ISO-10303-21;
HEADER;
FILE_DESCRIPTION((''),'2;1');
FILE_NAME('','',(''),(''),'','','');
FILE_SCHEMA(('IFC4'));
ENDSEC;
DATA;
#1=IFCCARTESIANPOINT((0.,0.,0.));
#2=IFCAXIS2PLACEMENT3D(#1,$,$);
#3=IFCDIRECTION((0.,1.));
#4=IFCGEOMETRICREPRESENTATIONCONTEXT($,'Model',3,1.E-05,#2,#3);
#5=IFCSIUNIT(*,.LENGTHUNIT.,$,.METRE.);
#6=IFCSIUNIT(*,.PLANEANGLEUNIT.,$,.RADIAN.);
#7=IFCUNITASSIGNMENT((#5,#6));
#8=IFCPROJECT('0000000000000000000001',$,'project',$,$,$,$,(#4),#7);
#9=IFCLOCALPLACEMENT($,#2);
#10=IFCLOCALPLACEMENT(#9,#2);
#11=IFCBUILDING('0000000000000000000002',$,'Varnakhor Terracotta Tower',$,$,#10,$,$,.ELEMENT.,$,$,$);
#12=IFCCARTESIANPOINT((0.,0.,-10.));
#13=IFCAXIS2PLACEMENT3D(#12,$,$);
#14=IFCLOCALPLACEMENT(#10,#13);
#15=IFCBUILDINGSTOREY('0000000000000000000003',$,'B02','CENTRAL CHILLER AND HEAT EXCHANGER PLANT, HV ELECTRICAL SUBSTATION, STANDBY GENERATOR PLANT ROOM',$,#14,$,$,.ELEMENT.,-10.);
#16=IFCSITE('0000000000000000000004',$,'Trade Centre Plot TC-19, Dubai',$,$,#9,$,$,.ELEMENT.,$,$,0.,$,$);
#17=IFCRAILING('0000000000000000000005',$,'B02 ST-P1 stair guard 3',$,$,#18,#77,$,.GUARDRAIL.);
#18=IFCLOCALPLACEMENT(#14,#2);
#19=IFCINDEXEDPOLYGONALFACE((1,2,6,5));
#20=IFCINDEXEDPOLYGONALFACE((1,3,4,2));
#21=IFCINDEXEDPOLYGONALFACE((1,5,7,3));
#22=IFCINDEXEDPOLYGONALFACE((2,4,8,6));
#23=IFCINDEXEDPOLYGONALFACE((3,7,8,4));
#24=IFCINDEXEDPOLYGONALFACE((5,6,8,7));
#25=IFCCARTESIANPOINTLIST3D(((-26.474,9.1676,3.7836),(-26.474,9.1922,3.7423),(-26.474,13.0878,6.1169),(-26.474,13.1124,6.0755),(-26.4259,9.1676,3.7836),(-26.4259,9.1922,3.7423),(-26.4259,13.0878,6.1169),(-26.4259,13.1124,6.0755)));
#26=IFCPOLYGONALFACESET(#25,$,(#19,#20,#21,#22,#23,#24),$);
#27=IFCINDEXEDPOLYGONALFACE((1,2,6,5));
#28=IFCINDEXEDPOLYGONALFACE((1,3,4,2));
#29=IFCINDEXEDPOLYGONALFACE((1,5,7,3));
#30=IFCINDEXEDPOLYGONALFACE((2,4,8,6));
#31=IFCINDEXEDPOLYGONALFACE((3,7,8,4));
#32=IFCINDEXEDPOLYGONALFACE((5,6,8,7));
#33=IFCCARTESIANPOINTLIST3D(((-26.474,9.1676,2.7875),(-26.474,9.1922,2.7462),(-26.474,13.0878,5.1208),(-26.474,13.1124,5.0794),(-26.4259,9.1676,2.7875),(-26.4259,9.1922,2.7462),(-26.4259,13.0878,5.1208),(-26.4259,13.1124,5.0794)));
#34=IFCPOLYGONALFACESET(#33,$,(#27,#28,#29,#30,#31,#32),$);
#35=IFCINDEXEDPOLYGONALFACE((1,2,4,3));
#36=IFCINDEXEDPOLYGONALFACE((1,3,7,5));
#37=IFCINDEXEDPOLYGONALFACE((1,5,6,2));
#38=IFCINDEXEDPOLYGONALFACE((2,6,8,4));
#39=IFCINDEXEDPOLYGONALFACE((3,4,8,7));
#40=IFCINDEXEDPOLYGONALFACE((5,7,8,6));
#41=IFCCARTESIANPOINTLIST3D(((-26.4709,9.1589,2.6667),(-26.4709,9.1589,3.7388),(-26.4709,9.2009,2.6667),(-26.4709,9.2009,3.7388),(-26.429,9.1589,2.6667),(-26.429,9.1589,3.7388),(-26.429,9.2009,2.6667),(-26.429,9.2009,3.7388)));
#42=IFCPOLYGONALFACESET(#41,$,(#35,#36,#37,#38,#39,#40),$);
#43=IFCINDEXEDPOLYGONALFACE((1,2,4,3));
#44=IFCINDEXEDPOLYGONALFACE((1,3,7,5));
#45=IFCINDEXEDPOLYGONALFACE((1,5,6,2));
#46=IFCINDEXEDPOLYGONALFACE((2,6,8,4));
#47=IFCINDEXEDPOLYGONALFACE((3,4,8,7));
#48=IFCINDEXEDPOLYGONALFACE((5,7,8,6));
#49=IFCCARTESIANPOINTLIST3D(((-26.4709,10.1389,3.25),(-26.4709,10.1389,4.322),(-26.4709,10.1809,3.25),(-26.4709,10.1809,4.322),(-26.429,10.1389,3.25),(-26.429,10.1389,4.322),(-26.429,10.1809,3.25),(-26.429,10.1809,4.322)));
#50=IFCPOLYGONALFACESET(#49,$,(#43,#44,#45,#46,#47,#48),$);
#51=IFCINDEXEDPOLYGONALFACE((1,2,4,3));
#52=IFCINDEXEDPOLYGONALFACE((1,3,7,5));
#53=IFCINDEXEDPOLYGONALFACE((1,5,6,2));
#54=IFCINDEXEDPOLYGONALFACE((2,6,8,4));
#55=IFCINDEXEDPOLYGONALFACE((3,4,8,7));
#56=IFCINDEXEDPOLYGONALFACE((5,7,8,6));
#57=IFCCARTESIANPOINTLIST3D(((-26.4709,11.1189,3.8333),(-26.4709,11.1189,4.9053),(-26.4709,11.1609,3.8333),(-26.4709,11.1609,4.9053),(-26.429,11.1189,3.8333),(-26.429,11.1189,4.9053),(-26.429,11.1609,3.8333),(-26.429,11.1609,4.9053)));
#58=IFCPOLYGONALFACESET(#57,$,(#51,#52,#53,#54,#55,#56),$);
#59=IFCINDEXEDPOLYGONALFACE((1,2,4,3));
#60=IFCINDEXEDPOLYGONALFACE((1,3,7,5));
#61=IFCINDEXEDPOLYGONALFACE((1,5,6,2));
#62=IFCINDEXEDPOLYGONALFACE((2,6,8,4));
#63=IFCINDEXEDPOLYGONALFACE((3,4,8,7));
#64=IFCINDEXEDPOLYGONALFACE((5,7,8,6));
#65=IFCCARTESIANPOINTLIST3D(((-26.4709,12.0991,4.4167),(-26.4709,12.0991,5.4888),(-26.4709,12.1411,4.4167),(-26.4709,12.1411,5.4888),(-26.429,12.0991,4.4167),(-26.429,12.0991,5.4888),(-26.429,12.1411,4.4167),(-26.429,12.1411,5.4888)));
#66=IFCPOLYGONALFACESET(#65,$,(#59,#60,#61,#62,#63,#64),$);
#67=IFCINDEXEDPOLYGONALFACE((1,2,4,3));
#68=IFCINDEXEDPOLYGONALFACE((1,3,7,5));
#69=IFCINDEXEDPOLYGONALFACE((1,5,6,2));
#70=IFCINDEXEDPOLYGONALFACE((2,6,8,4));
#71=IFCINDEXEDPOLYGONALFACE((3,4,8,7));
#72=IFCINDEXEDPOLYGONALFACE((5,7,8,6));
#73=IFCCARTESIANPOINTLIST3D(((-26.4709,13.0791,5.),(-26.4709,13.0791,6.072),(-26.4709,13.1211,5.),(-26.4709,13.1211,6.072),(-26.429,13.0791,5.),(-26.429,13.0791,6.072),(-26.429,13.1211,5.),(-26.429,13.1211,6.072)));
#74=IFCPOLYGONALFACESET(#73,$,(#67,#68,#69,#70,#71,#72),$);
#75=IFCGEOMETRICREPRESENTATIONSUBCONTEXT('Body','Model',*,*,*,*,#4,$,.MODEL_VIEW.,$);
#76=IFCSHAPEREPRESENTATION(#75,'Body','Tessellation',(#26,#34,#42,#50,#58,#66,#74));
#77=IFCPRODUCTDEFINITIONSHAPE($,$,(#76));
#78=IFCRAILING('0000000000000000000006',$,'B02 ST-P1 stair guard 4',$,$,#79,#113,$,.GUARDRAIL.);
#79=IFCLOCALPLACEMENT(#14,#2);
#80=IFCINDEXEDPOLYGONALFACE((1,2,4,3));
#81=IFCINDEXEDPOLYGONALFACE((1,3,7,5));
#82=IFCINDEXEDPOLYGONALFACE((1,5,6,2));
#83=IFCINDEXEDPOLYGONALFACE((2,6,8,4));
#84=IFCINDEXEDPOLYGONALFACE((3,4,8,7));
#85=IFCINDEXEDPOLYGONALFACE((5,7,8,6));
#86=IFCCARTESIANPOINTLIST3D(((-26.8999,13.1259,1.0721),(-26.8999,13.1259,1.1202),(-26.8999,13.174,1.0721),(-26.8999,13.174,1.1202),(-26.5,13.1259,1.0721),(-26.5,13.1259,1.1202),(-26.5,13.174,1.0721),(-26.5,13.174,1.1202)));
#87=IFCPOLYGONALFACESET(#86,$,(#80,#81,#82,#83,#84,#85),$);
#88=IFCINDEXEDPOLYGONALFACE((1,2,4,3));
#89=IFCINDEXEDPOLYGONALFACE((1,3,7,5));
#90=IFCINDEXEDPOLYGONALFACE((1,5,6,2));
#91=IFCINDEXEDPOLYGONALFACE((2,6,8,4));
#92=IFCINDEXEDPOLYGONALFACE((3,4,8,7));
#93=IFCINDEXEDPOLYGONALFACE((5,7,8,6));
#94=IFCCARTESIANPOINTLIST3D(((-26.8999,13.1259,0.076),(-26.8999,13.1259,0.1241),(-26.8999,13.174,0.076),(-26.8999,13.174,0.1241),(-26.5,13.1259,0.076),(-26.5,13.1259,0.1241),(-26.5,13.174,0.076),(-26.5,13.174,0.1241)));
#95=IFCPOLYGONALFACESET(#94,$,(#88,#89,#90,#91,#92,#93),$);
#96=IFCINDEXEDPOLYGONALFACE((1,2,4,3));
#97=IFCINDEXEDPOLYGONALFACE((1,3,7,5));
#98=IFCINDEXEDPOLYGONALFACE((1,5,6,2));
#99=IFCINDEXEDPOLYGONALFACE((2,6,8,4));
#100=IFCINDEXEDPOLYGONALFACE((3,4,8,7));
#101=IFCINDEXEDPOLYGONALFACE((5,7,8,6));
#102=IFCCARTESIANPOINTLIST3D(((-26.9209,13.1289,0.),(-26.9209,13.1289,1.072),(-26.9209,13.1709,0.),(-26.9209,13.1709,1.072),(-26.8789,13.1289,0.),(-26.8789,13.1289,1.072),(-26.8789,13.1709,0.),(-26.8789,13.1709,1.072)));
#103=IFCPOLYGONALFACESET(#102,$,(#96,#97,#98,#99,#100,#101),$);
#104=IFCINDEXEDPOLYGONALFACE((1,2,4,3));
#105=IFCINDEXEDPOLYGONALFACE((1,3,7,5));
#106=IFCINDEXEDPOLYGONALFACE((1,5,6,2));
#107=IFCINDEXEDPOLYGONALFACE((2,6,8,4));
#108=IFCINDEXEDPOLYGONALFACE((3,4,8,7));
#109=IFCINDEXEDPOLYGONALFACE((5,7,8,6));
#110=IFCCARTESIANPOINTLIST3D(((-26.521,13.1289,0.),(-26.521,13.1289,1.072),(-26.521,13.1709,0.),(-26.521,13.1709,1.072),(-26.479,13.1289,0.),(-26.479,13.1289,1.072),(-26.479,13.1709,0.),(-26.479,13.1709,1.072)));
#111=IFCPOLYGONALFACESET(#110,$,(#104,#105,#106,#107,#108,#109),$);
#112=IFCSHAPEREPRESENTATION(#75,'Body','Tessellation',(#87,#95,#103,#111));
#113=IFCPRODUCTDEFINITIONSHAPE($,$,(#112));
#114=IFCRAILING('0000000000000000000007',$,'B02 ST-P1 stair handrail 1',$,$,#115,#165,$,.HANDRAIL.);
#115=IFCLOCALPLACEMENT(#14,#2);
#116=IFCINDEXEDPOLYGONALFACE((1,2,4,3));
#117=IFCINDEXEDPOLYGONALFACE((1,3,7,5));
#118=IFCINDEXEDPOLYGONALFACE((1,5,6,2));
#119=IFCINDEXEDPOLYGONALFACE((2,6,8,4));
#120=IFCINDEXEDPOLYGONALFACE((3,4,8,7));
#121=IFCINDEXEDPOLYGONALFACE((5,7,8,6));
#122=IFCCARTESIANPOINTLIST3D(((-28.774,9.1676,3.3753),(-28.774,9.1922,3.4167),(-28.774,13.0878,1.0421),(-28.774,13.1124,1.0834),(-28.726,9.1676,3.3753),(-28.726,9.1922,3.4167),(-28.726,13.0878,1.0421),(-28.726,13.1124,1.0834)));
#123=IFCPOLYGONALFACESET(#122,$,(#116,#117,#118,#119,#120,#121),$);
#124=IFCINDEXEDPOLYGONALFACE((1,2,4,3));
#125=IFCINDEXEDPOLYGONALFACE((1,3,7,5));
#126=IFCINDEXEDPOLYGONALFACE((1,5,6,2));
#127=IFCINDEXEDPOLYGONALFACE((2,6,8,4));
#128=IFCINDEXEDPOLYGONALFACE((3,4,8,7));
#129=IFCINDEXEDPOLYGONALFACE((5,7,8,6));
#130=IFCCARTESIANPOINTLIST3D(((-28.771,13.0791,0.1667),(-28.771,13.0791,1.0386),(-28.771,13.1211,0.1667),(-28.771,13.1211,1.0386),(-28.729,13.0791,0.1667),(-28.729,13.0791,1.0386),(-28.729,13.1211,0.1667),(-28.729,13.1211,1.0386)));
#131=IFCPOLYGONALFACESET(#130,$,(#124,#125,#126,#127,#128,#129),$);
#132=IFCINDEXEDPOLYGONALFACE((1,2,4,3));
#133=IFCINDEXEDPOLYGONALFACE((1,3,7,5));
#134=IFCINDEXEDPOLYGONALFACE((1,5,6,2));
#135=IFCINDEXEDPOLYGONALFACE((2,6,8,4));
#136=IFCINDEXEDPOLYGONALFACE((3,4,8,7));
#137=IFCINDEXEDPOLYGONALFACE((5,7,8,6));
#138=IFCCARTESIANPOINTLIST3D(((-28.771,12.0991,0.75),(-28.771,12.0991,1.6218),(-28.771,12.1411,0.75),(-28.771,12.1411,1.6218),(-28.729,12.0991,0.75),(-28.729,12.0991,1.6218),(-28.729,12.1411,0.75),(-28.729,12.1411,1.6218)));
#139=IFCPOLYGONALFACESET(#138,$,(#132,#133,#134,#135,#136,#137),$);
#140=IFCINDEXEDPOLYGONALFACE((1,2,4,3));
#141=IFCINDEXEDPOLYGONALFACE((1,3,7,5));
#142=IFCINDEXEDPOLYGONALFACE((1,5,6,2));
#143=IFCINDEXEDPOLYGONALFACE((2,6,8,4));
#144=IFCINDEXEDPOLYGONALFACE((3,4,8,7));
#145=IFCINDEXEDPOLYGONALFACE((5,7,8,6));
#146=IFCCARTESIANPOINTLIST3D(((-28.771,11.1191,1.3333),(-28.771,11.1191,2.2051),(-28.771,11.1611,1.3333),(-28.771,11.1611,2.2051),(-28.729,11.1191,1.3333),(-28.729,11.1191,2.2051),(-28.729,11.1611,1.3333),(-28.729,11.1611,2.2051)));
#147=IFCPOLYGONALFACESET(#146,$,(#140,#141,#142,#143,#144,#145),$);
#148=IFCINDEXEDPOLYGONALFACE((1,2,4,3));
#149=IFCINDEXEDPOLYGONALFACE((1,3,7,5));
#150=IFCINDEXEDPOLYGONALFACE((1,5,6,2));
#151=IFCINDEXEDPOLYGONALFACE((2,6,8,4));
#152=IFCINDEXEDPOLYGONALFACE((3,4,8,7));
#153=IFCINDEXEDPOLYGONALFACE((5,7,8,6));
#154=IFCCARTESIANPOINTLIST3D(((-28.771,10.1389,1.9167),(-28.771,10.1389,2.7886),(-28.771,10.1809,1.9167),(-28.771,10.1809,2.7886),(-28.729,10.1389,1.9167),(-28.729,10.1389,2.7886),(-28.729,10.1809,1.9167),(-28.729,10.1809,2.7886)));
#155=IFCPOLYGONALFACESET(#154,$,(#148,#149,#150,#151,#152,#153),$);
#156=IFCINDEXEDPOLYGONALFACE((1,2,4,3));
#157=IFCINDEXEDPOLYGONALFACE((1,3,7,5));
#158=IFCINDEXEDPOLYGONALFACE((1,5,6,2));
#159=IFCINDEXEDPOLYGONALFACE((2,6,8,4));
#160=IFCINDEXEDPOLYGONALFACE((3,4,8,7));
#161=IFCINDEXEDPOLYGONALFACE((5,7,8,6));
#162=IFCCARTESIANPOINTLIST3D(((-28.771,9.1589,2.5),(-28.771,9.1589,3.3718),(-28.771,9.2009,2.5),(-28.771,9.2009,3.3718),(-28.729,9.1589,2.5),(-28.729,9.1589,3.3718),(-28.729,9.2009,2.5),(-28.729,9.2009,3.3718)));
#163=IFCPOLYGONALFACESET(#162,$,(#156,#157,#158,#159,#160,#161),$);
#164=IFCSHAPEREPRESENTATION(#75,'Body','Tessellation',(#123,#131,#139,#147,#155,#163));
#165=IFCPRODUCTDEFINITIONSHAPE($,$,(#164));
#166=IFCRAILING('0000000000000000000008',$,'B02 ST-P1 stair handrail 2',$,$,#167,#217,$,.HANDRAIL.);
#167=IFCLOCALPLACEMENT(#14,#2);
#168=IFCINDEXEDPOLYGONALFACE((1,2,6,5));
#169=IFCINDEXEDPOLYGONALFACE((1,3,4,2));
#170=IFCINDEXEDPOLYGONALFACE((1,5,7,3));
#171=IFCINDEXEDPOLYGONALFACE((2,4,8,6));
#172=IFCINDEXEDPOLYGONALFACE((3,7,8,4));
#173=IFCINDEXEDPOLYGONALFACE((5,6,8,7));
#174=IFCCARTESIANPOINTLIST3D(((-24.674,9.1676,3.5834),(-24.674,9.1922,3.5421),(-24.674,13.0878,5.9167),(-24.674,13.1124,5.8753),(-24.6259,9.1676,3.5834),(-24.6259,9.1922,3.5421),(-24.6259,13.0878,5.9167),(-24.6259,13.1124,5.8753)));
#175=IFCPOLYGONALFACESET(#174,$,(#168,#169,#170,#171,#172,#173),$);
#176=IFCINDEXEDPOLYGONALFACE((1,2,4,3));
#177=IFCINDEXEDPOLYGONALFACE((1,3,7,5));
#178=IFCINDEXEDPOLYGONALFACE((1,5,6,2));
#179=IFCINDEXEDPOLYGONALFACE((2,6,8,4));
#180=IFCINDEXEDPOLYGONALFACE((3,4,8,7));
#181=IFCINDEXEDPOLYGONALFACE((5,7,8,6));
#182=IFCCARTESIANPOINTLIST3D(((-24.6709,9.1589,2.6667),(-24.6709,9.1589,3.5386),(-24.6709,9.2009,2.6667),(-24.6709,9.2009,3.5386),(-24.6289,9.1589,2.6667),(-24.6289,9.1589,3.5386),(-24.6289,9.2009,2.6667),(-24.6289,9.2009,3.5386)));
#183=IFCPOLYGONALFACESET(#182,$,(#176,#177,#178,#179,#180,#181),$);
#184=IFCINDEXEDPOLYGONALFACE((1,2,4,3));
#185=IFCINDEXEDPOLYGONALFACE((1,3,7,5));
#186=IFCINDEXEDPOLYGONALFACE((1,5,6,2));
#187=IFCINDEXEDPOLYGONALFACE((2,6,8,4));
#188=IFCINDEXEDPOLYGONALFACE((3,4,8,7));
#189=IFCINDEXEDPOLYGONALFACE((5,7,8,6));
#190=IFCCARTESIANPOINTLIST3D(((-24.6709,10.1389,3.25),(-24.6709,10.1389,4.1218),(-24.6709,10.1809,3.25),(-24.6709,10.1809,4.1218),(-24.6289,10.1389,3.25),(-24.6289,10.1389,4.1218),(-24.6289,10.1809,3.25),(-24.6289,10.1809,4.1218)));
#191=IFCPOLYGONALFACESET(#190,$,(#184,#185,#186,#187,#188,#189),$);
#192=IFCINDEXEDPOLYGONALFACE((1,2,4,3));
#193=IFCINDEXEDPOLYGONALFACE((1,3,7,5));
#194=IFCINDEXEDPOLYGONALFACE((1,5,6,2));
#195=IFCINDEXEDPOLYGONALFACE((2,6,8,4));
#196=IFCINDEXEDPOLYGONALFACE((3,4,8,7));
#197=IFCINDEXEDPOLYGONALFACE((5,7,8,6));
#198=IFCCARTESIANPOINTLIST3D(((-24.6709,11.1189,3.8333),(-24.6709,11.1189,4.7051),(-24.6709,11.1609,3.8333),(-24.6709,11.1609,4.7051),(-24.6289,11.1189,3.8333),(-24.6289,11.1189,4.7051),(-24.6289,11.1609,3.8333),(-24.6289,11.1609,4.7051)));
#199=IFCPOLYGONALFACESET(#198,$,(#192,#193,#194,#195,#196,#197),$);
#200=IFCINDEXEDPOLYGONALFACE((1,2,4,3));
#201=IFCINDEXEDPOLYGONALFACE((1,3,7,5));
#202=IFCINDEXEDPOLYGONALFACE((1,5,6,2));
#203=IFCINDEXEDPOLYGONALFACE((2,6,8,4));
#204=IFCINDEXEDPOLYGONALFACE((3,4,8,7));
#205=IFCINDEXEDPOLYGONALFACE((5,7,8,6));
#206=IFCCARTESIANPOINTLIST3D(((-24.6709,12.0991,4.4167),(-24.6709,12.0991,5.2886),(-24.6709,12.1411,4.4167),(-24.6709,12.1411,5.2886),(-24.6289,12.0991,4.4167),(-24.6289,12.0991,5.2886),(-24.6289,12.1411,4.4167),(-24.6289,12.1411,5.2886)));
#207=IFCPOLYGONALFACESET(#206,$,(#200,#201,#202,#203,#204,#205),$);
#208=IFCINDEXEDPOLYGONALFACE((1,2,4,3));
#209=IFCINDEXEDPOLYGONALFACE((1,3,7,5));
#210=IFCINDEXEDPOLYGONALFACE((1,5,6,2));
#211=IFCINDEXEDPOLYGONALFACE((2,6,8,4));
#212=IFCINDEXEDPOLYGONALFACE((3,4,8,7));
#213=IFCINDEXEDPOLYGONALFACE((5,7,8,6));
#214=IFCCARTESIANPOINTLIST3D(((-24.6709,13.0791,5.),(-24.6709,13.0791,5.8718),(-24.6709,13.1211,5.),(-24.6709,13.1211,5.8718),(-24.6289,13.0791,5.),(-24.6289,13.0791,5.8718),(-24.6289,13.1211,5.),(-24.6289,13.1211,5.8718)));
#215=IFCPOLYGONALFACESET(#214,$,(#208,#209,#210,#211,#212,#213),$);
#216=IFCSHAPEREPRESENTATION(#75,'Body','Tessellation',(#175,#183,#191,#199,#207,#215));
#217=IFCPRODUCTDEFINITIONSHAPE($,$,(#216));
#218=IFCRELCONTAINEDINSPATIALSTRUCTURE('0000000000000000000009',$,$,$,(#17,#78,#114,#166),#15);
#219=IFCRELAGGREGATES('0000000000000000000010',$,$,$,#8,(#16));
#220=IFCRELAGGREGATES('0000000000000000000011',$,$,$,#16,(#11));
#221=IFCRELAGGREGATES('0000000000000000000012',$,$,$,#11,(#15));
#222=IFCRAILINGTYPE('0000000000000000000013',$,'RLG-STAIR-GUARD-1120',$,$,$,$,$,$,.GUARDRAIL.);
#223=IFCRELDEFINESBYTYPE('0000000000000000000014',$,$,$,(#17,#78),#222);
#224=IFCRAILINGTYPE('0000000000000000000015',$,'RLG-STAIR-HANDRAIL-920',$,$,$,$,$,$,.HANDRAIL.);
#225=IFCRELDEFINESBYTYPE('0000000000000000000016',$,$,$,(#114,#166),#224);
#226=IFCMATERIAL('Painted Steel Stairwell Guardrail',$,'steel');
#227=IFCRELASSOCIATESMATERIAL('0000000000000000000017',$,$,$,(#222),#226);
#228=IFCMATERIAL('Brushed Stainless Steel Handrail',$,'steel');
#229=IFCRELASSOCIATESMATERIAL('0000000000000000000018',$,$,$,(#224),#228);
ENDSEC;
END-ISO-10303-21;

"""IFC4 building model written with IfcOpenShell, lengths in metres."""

from ifc_helpers import new_model, si_unit, direction, frame, origin, origin_2d, place, context, subcontext, project, spatial, rectangle, extrude, material, type_object, element, save


model = new_model("IFC4")

# Units and contexts
model_context = context("Model", 3, precision=1e-05, world=origin(), true_north=direction((0.0, 1.0)))
body_context = subcontext(model_context, "Body", "Model", "MODEL_VIEW")
ifc_project = project(units=[si_unit("LENGTHUNIT", "METRE"), si_unit("PLANEANGLEUNIT", "RADIAN")], contexts=[model_context])

# Site, building, storey
site_placement = place(None, origin())
site = spatial("IfcSite", under=ifc_project, at=site_placement, Name="Trade Centre Plot TC-19, Dubai", CompositionType="ELEMENT", RefElevation=0.0)
building_placement = place(site_placement, origin())
building = spatial("IfcBuilding", under=site, at=building_placement, Name="Varnakhor Terracotta Tower", CompositionType="ELEMENT")
storey_placement = place(building_placement, frame((0.0, 0.0, -10.0)))
storey = spatial("IfcBuildingStorey", under=building, at=storey_placement, Name="B02", Description="CENTRAL CHILLER AND HEAT EXCHANGER PLANT, HV ELECTRICAL SUBSTATION, STANDBY GENERATOR PLANT ROOM", CompositionType="ELEMENT", Elevation=-10.0)

# Railings
ifc_material_1 = material(Name="Painted Steel Stairwell Guardrail", Category="steel")
railing_type_1 = type_object("IfcRailingType", Name="RLG-STAIR-GUARD-1120", PredefinedType="GUARDRAIL", material=ifc_material_1)
railing_1_placement = place(storey_placement, frame((-26.45, 9.1799, 2.6667)))
element("IfcRailing", 1, at=railing_1_placement, inside=storey, type_object=railing_type_1, Name="B02 ST-P1 stair guard 3", PredefinedType="GUARDRAIL", context=body_context, shape_type="SweptSolid", body=[
    extrude(rectangle(XDim=0.0481, YDim=0.0481, at=origin_2d()), frame((0.0, 0.0, 1.0962), z_axis=(0.0, 0.85931, 0.511455), x_axis=(-1.0, 0.0, 0.0)), (0.0, 0.0, 1.0), 4.562),
    extrude(rectangle(XDim=0.0481, YDim=0.0481, at=origin_2d()), frame((0.0, 0.0, 0.1001), z_axis=(0.0, 0.85931, 0.511455), x_axis=(-1.0, 0.0, 0.0)), (0.0, 0.0, 1.0), 4.562),
    extrude(rectangle(XDim=0.042, YDim=0.042, at=origin_2d()), origin(), (0.0, 0.0, 1.0), 1.072),
    extrude(rectangle(XDim=0.042, YDim=0.042, at=origin_2d()), frame((0.0, 0.98, 0.5833)), (0.0, 0.0, 1.0), 1.072),
    extrude(rectangle(XDim=0.042, YDim=0.042, at=origin_2d()), frame((0.0, 1.96, 1.1665)), (0.0, 0.0, 1.0), 1.072),
    extrude(rectangle(XDim=0.042, YDim=0.042, at=origin_2d()), frame((0.0, 2.9402, 1.75)), (0.0, 0.0, 1.0), 1.072),
    extrude(rectangle(XDim=0.042, YDim=0.042, at=origin_2d()), frame((0.0, 3.9202, 2.3333)), (0.0, 0.0, 1.0), 1.072),
])
railing_2_placement = place(storey_placement, frame((-26.8999, 13.1499, 0.0)))
element("IfcRailing", 2, at=railing_2_placement, inside=storey, type_object=railing_type_1, Name="B02 ST-P1 stair guard 4", PredefinedType="GUARDRAIL", context=body_context, shape_type="SweptSolid", body=[
    extrude(rectangle(XDim=0.0481, YDim=0.0481, at=origin_2d()), frame((0.0, 0.0, 1.0962), z_axis=(1.0, 0.0, 0.0), x_axis=(0.0, 1.0, 0.0)), (0.0, 0.0, 1.0), 0.3999),
    extrude(rectangle(XDim=0.0481, YDim=0.0481, at=origin_2d()), frame((0.0, 0.0, 0.1001), z_axis=(1.0, 0.0, 0.0), x_axis=(0.0, 1.0, 0.0)), (0.0, 0.0, 1.0), 0.3999),
    extrude(rectangle(XDim=0.042, YDim=0.042, at=origin_2d()), origin(), (0.0, 0.0, 1.0), 1.072),
    extrude(rectangle(XDim=0.042, YDim=0.042, at=origin_2d()), frame((0.3999, 0.0, 0.0)), (0.0, 0.0, 1.0), 1.072),
])
ifc_material_2 = material(Name="Brushed Stainless Steel Handrail", Category="steel")
railing_type_2 = type_object("IfcRailingType", Name="RLG-STAIR-HANDRAIL-920", PredefinedType="HANDRAIL", material=ifc_material_2)
railing_3_placement = place(storey_placement, frame((-28.75, 13.1001, 0.1667)))
element("IfcRailing", 3, at=railing_3_placement, inside=storey, type_object=railing_type_2, Name="B02 ST-P1 stair handrail 1", PredefinedType="HANDRAIL", context=body_context, shape_type="SweptSolid", body=[
    extrude(rectangle(XDim=0.0481, YDim=0.0481, at=origin_2d()), frame((0.0, 0.0, 0.896), z_axis=(0.0, -0.85931, 0.511455), x_axis=(1.0, 0.0, 0.0)), (0.0, 0.0, 1.0), 4.562),
    extrude(rectangle(XDim=0.042, YDim=0.042, at=origin_2d()), origin(), (0.0, 0.0, 1.0), 0.8718),
    extrude(rectangle(XDim=0.042, YDim=0.042, at=origin_2d()), frame((0.0, -0.98, 0.5833)), (0.0, 0.0, 1.0), 0.8718),
    extrude(rectangle(XDim=0.042, YDim=0.042, at=origin_2d()), frame((0.0, -1.96, 1.1665)), (0.0, 0.0, 1.0), 0.8718),
    extrude(rectangle(XDim=0.042, YDim=0.042, at=origin_2d()), frame((0.0, -2.9402, 1.75)), (0.0, 0.0, 1.0), 0.8718),
    extrude(rectangle(XDim=0.042, YDim=0.042, at=origin_2d()), frame((0.0, -3.9202, 2.3333)), (0.0, 0.0, 1.0), 0.8718),
])
railing_4_placement = place(storey_placement, frame((-24.6499, 9.1799, 2.6667)))
element("IfcRailing", 4, at=railing_4_placement, inside=storey, type_object=railing_type_2, Name="B02 ST-P1 stair handrail 2", PredefinedType="HANDRAIL", context=body_context, shape_type="SweptSolid", body=[
    extrude(rectangle(XDim=0.0481, YDim=0.0481, at=origin_2d()), frame((0.0, 0.0, 0.896), z_axis=(0.0, 0.85931, 0.511455), x_axis=(-1.0, 0.0, 0.0)), (0.0, 0.0, 1.0), 4.562),
    extrude(rectangle(XDim=0.042, YDim=0.042, at=origin_2d()), origin(), (0.0, 0.0, 1.0), 0.8718),
    extrude(rectangle(XDim=0.042, YDim=0.042, at=origin_2d()), frame((0.0, 0.98, 0.5833)), (0.0, 0.0, 1.0), 0.8718),
    extrude(rectangle(XDim=0.042, YDim=0.042, at=origin_2d()), frame((0.0, 1.96, 1.1665)), (0.0, 0.0, 1.0), 0.8718),
    extrude(rectangle(XDim=0.042, YDim=0.042, at=origin_2d()), frame((0.0, 2.9402, 1.75)), (0.0, 0.0, 1.0), 0.8718),
    extrude(rectangle(XDim=0.042, YDim=0.042, at=origin_2d()), frame((0.0, 3.9202, 2.3333)), (0.0, 0.0, 1.0), 0.8718),
])

save(model, "model.ifc")
